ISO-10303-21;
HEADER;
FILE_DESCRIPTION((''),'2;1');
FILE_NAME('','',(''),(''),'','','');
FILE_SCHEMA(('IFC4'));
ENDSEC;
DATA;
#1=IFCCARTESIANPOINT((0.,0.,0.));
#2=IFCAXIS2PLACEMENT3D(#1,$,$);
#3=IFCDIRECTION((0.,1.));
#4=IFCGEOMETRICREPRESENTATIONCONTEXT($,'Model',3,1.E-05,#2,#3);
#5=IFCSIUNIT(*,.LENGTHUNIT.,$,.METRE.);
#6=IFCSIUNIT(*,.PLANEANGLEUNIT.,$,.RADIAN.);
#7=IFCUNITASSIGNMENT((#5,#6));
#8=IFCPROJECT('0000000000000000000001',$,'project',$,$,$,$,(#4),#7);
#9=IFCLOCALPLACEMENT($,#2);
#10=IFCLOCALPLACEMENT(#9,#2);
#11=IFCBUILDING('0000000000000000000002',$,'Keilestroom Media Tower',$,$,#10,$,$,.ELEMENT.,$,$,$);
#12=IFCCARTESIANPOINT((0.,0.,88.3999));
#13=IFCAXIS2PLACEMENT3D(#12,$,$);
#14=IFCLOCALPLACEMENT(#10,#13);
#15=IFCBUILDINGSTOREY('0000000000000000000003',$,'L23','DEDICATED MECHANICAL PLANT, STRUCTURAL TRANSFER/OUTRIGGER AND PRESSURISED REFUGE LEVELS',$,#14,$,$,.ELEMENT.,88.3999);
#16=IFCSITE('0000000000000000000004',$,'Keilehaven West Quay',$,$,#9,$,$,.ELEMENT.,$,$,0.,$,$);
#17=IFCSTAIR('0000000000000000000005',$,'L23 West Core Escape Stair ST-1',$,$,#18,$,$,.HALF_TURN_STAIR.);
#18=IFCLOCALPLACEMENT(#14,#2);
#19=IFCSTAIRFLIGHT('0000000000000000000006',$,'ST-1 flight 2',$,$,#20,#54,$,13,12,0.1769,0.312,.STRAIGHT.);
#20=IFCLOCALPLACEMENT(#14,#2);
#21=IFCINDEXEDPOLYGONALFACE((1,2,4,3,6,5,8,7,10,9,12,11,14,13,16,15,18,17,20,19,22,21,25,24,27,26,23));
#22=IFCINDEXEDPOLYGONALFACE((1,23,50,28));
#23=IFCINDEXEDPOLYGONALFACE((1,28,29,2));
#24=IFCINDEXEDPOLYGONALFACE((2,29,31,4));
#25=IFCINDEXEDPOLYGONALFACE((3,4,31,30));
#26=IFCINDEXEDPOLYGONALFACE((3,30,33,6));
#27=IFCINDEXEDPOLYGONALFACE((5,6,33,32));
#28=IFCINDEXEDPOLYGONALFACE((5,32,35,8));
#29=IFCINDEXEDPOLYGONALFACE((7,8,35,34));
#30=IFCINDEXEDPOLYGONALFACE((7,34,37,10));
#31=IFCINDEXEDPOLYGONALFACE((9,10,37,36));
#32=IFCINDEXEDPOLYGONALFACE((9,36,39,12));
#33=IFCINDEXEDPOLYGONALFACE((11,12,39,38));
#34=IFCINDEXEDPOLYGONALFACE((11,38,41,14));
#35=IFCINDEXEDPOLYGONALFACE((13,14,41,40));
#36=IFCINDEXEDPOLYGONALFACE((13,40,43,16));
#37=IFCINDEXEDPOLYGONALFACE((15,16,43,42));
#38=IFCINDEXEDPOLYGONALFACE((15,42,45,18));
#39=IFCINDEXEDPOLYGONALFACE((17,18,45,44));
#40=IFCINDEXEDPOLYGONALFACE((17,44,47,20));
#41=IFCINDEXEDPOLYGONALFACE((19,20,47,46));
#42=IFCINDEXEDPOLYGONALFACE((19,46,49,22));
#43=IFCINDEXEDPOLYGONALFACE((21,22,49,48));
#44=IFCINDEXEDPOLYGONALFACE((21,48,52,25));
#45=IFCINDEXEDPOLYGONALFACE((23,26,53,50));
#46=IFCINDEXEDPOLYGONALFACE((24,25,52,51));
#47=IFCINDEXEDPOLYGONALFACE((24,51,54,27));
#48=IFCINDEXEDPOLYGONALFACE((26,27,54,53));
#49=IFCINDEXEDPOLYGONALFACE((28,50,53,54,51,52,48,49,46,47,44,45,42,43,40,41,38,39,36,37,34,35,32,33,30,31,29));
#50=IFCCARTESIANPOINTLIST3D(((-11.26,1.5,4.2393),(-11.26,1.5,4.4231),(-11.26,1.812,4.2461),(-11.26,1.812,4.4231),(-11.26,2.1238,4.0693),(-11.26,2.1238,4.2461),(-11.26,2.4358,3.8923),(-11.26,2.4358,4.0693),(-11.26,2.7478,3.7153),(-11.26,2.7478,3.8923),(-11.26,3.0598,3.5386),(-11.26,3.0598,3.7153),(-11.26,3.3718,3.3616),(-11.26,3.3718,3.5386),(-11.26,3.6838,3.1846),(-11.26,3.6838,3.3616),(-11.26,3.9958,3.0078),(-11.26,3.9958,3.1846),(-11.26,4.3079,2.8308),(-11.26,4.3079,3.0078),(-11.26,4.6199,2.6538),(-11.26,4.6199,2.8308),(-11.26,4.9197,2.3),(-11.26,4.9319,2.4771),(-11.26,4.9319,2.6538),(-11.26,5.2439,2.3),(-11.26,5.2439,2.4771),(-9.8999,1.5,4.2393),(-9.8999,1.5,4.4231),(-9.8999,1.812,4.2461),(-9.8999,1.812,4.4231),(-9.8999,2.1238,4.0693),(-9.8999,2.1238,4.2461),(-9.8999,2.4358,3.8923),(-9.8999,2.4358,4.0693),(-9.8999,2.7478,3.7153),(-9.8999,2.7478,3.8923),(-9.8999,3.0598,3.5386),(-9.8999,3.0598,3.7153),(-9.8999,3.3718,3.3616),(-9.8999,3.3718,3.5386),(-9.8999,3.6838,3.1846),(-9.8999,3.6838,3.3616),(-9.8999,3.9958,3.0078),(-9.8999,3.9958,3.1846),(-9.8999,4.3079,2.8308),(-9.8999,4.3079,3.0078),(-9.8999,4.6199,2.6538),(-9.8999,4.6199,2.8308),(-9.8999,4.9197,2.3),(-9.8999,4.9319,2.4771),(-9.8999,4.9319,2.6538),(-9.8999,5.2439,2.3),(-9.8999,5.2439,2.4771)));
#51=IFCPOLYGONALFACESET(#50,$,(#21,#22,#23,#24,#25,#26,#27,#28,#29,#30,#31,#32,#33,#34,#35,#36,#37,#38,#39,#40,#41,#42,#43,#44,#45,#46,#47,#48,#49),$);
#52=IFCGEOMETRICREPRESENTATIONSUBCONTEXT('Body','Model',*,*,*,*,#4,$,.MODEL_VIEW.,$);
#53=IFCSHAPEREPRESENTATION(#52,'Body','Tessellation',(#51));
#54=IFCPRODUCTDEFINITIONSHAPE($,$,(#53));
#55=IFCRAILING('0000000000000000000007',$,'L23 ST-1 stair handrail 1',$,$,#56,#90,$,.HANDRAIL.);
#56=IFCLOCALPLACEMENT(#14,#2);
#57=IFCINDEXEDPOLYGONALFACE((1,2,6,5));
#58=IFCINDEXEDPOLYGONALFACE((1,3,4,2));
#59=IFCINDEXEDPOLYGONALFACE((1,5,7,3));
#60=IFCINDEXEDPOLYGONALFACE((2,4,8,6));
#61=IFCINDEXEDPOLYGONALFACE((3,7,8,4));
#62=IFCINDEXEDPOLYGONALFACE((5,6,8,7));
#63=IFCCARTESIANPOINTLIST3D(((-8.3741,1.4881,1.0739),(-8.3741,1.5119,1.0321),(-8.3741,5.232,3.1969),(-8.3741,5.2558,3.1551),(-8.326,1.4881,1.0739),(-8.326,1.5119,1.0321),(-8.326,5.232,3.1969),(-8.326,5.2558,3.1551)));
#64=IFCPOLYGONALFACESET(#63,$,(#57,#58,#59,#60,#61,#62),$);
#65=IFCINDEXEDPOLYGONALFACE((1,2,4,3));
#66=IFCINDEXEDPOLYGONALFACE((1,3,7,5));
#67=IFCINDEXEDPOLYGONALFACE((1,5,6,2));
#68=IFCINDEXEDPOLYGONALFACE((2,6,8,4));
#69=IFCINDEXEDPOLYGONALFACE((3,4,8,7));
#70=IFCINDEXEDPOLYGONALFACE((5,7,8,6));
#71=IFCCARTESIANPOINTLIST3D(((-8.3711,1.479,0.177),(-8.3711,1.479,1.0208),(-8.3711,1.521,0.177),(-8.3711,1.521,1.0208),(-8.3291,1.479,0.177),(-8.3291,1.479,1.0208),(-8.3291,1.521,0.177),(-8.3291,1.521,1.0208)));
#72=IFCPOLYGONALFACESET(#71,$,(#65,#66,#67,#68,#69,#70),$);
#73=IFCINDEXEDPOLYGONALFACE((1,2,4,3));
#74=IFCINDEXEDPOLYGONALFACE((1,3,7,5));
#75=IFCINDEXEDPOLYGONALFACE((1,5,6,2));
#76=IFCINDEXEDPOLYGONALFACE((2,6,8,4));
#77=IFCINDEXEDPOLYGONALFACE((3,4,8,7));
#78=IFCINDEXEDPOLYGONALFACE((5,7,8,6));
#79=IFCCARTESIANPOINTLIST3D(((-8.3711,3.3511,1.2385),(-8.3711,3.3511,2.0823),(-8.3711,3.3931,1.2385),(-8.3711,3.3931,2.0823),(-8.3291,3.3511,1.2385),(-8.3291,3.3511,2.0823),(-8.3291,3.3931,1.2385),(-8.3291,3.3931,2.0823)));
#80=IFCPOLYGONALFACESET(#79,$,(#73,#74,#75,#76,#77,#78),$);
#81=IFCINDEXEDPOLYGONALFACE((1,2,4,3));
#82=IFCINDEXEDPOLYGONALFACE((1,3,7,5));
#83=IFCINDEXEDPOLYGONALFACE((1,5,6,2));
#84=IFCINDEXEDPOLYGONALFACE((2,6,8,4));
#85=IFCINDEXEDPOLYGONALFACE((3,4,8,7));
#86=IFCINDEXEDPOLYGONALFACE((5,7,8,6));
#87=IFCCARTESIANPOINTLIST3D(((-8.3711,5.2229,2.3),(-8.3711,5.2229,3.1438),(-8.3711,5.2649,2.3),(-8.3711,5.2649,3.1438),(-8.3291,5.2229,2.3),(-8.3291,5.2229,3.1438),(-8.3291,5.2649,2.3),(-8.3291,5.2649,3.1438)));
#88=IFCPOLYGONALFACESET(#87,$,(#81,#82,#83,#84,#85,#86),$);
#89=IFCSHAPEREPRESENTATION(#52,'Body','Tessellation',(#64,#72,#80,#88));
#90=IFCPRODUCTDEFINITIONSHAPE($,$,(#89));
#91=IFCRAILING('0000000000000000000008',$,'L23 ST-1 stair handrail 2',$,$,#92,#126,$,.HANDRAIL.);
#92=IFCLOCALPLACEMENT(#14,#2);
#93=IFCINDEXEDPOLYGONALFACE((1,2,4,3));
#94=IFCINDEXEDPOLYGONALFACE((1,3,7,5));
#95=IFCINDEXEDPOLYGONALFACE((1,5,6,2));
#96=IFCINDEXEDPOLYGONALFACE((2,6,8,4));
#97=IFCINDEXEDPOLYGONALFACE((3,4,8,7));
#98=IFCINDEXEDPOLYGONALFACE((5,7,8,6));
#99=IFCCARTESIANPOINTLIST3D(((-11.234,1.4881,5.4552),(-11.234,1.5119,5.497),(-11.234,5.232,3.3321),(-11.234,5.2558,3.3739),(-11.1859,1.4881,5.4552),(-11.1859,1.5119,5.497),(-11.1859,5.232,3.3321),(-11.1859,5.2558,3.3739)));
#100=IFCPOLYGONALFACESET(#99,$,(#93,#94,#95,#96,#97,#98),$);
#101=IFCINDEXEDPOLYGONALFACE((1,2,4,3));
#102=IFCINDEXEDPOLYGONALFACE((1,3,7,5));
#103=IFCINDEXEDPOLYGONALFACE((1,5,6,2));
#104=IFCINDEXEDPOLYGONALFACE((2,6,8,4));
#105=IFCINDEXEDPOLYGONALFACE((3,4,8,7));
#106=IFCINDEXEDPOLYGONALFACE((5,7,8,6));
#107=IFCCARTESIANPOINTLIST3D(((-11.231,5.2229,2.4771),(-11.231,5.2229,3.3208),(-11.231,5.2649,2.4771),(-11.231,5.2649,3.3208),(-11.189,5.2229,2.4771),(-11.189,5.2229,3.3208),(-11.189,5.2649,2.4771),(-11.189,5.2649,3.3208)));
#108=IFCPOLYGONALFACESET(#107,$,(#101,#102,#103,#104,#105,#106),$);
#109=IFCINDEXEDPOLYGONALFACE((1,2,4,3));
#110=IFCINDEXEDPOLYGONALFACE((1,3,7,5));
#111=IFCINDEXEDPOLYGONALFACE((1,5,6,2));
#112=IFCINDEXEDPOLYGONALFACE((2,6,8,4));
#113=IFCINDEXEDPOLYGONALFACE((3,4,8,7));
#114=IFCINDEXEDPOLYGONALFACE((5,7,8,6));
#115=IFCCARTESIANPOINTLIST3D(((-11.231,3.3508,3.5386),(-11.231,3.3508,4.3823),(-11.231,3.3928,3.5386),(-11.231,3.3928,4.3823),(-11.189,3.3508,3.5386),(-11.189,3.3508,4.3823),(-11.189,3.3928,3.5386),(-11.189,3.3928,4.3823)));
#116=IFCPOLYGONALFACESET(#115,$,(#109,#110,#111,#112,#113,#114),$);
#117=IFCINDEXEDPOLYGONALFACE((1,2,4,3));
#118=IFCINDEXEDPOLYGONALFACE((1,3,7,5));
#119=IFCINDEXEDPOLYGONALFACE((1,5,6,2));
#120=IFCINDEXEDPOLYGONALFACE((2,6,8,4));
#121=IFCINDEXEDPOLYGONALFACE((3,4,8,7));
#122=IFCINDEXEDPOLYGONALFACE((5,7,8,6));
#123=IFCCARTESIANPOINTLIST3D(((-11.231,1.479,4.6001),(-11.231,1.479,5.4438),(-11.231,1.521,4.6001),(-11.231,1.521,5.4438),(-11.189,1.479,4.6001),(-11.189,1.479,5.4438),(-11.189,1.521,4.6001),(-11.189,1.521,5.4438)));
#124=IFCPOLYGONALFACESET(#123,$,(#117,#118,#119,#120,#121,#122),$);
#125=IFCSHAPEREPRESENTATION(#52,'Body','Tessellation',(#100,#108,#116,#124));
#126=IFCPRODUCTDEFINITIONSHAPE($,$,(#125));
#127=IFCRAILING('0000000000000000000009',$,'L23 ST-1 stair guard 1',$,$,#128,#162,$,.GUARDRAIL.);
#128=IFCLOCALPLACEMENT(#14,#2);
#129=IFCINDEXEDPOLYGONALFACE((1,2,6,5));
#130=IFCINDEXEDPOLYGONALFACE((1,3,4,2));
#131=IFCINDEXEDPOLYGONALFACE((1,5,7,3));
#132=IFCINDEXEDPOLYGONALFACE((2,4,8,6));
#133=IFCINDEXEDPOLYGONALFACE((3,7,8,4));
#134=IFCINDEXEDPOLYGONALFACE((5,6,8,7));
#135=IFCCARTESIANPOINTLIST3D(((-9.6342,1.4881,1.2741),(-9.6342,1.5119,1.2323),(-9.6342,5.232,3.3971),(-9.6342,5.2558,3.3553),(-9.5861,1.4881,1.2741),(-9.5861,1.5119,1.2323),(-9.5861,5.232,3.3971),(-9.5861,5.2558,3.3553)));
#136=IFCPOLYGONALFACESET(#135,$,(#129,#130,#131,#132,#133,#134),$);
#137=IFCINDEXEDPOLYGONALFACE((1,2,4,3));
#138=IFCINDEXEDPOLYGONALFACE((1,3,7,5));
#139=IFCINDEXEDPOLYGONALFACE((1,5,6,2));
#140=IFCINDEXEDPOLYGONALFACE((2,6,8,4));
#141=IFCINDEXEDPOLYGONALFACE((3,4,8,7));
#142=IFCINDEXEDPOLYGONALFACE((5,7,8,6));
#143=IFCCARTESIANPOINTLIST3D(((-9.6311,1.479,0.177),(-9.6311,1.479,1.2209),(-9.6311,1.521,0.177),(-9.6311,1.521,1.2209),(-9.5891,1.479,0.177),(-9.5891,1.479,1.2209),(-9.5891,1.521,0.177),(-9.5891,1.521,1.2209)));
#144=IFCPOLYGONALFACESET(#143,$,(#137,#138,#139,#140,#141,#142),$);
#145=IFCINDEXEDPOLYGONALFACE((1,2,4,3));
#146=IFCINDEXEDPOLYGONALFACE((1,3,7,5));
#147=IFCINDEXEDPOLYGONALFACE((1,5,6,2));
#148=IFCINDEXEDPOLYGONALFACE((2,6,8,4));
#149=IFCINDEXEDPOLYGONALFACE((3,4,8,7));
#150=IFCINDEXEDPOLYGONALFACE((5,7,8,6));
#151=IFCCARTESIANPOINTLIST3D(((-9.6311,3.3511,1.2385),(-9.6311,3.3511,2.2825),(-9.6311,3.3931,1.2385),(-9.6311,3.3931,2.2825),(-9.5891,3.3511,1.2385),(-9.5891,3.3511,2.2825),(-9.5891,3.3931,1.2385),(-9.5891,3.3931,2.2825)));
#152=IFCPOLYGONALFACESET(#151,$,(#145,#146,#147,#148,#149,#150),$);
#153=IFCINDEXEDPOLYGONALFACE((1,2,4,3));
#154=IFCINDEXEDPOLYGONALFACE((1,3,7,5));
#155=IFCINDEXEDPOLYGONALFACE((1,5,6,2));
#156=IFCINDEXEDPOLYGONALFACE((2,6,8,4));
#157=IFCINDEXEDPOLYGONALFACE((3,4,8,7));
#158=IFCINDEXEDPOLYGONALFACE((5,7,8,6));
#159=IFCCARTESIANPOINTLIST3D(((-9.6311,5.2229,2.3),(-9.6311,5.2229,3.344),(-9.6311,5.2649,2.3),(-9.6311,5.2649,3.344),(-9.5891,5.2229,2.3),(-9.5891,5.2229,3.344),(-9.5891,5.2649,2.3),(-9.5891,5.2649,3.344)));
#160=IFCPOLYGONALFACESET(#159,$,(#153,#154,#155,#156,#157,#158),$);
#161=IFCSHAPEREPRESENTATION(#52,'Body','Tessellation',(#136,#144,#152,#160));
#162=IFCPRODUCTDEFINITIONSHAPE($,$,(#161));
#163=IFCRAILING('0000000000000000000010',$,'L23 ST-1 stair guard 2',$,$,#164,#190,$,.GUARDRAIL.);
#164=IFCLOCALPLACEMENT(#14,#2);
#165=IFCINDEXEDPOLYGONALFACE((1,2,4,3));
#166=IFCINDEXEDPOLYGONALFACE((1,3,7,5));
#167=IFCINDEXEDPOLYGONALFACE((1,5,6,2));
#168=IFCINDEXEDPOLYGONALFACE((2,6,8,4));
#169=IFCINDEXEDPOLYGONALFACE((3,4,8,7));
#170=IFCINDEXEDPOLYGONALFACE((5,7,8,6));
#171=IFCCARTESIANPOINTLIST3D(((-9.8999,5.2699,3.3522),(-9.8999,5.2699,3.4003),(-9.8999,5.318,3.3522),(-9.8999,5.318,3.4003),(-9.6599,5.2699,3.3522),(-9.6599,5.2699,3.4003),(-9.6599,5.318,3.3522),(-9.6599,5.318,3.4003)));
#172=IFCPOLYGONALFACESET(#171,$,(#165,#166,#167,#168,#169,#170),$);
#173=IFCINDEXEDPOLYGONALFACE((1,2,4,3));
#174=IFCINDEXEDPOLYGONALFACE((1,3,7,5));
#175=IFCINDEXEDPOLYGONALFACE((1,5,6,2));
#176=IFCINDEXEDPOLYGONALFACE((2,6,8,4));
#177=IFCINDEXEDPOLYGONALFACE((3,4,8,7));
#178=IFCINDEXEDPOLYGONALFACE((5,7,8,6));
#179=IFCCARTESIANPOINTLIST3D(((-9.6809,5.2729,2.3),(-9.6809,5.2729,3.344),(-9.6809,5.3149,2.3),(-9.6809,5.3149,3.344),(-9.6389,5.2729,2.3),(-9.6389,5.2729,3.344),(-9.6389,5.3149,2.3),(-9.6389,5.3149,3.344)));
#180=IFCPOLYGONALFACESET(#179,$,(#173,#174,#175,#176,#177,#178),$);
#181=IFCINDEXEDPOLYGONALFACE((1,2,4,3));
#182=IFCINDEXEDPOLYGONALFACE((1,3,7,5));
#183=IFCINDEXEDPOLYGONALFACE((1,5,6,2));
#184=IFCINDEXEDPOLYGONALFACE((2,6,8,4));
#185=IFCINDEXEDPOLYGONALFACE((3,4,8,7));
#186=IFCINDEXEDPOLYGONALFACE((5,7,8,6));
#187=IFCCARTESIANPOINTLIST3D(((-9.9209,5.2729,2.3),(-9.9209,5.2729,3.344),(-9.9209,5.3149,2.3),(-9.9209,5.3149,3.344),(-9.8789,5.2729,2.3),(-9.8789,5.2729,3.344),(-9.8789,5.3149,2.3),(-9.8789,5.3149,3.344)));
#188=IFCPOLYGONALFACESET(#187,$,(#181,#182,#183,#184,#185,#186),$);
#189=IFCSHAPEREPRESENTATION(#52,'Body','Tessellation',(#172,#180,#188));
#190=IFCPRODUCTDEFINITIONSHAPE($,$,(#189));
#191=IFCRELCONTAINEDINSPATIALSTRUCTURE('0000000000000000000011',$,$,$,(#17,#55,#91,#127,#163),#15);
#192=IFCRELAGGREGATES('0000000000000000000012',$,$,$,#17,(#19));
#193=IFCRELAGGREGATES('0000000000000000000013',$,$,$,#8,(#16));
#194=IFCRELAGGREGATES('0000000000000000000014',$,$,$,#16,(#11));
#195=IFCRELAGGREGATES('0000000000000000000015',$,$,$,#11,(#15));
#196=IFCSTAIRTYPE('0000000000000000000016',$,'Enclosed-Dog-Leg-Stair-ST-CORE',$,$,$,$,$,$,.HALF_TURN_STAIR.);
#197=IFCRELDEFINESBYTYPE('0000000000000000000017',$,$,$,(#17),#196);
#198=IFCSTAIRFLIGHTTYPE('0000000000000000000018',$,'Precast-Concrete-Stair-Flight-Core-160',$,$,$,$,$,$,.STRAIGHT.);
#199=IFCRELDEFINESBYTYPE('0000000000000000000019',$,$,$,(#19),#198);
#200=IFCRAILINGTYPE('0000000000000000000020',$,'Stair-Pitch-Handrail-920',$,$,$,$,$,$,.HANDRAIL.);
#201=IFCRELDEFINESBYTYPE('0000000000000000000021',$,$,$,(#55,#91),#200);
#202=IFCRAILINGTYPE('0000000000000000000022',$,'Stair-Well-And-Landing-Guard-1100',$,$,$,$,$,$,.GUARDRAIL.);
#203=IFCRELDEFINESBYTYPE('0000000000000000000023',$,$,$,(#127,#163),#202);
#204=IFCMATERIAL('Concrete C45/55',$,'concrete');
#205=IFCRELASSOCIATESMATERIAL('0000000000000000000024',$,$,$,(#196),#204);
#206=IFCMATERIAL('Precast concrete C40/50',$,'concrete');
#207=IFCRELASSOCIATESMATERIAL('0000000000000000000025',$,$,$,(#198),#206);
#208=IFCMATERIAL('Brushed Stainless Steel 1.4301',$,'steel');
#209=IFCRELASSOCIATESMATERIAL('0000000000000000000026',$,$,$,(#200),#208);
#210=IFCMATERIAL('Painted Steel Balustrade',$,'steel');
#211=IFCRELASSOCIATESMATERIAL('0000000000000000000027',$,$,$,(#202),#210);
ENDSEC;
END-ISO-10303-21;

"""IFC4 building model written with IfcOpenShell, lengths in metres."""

from ifc_helpers import new_model, si_unit, direction, frame, origin, origin_2d, place, context, subcontext, project, spatial, polyline, rectangle, outline, extrude, material, type_object, element, aggregate, save


model = new_model("IFC4")

# Units and contexts
model_context = context("Model", 3, precision=1e-05, world=origin(), true_north=direction((0.0, 1.0)))
body_context = subcontext(model_context, "Body", "Model", "MODEL_VIEW")
ifc_project = project(units=[si_unit("LENGTHUNIT", "METRE"), si_unit("PLANEANGLEUNIT", "RADIAN")], contexts=[model_context])

# Site, building, storey
site_placement = place(None, origin())
site = spatial("IfcSite", under=ifc_project, at=site_placement, Name="Keilehaven West Quay", CompositionType="ELEMENT", RefElevation=0.0)
building_placement = place(site_placement, origin())
building = spatial("IfcBuilding", under=site, at=building_placement, Name="Keilestroom Media Tower", CompositionType="ELEMENT")
storey_placement = place(building_placement, frame((0.0, 0.0, 88.3999)))
storey = spatial("IfcBuildingStorey", under=building, at=storey_placement, Name="L23", Description="DEDICATED MECHANICAL PLANT, STRUCTURAL TRANSFER/OUTRIGGER AND PRESSURISED REFUGE LEVELS", CompositionType="ELEMENT", Elevation=88.3999)

# Shared definitions
ifc_material_1 = material(Name="Precast concrete C40/50", Category="concrete")

# Stair, stair flight
ifc_material_2 = material(Name="Concrete C45/55", Category="concrete")
stair_type = type_object("IfcStairType", Name="Enclosed-Dog-Leg-Stair-ST-CORE", PredefinedType="HALF_TURN_STAIR", material=ifc_material_2)
stair_placement = place(storey_placement, origin())
stair = element("IfcStair", 1, at=stair_placement, inside=storey, type_object=stair_type, Name="L23 West Core Escape Stair ST-1", PredefinedType="HALF_TURN_STAIR")
stair_flight_type = type_object("IfcStairFlightType", Name="Precast-Concrete-Stair-Flight-Core-160", PredefinedType="STRAIGHT", material=ifc_material_1)
stair_flight_1_placement = place(storey_placement, frame((-10.5801, 5.2439, 2.3), z_axis=(0.0, 0.0, 1.0), x_axis=(0.0, -1.0, 0.0)))
stair_flight_1 = element("IfcStairFlight", 2, at=stair_flight_1_placement, type_object=stair_flight_type, Name="ST-1 flight 2", NumberOfRisers=13, NumberOfTreads=12, PredefinedType="STRAIGHT", RiserHeight=0.1769, TreadLength=0.312, context=body_context, shape_type="SweptSolid", body=[
    extrude(outline(polyline([(0.0, 0.0), (0.0, 0.177), (0.312, 0.177), (0.312, 0.3538), (0.624, 0.3538), (0.624, 0.5308), (0.936, 0.5308), (0.936, 0.7078), (1.248, 0.7078), (1.248, 0.8845), (1.5601, 0.8845), (1.5601, 1.0615), (1.8721, 1.0615), (1.8721, 1.2385), (2.1841, 1.2385), (2.1841, 1.4153), (2.4961, 1.4153), (2.4961, 1.5923), (2.8081, 1.5923), (2.8081, 1.7693), (3.1201, 1.7693), (3.1201, 1.946), (3.4319, 1.946), (3.4319, 2.123), (3.7439, 2.123), (3.7439, 2.3), (3.7439, 1.9392), (0.3242, 0.0), (0.0, 0.0)])), frame((0.0, 0.6802, 0.0), z_axis=(0.0, -1.0, 0.0), x_axis=(1.0, 0.0, 0.0)), (0.0, 0.0, 1.0), 1.3601),
])
aggregate(stair, [stair_flight_1])

# Railings
ifc_material_3 = material(Name="Brushed Stainless Steel 1.4301", Category="steel")
railing_type_1 = type_object("IfcRailingType", Name="Stair-Pitch-Handrail-920", PredefinedType="HANDRAIL", material=ifc_material_3)
railing_1_placement = place(storey_placement, frame((-8.3501, 1.5, 0.177)))
element("IfcRailing", 3, at=railing_1_placement, inside=storey, type_object=railing_type_1, Name="L23 ST-1 stair handrail 1", PredefinedType="HANDRAIL", context=body_context, shape_type="SweptSolid", body=[
    extrude(rectangle(XDim=0.0481, YDim=0.0481, at=origin_2d()), frame((0.0, 0.0, 0.876), z_axis=(0.0, 0.869872, 0.493277), x_axis=(-1.0, 0.0, 0.0)), (0.0, 0.0, 1.0), 4.304),
    extrude(rectangle(XDim=0.042, YDim=0.042, at=origin_2d()), origin(), (0.0, 0.0, 1.0), 0.8438),
    extrude(rectangle(XDim=0.042, YDim=0.042, at=origin_2d()), frame((0.0, 1.8721, 1.0615)), (0.0, 0.0, 1.0), 0.8438),
    extrude(rectangle(XDim=0.042, YDim=0.042, at=origin_2d()), frame((0.0, 3.7439, 2.123)), (0.0, 0.0, 1.0), 0.8438),
])
railing_2_placement = place(storey_placement, frame((-11.21, 5.2439, 2.4771)))
element("IfcRailing", 4, at=railing_2_placement, inside=storey, type_object=railing_type_1, Name="L23 ST-1 stair handrail 2", PredefinedType="HANDRAIL", context=body_context, shape_type="SweptSolid", body=[
    extrude(rectangle(XDim=0.0481, YDim=0.0481, at=origin_2d()), frame((0.0, 0.0, 0.876), z_axis=(0.0, -0.869872, 0.493277), x_axis=(1.0, 0.0, 0.0)), (0.0, 0.0, 1.0), 4.304),
    extrude(rectangle(XDim=0.042, YDim=0.042, at=origin_2d()), origin(), (0.0, 0.0, 1.0), 0.8438),
    extrude(rectangle(XDim=0.042, YDim=0.042, at=origin_2d()), frame((0.0, -1.8721, 1.0615)), (0.0, 0.0, 1.0), 0.8438),
    extrude(rectangle(XDim=0.042, YDim=0.042, at=origin_2d()), frame((0.0, -3.7439, 2.123)), (0.0, 0.0, 1.0), 0.8438),
])
ifc_material_4 = material(Name="Painted Steel Balustrade", Category="steel")
railing_type_2 = type_object("IfcRailingType", Name="Stair-Well-And-Landing-Guard-1100", PredefinedType="GUARDRAIL", material=ifc_material_4)
railing_3_placement = place(storey_placement, frame((-9.6101, 1.5, 0.177)))
element("IfcRailing", 5, at=railing_3_placement, inside=storey, type_object=railing_type_2, Name="L23 ST-1 stair guard 1", PredefinedType="GUARDRAIL", context=body_context, shape_type="SweptSolid", body=[
    extrude(rectangle(XDim=0.0481, YDim=0.0481, at=origin_2d()), frame((0.0, 0.0, 1.0762), z_axis=(0.0, 0.869872, 0.493277), x_axis=(-1.0, 0.0, 0.0)), (0.0, 0.0, 1.0), 4.304),
    extrude(rectangle(XDim=0.042, YDim=0.042, at=origin_2d()), origin(), (0.0, 0.0, 1.0), 1.0439),
    extrude(rectangle(XDim=0.042, YDim=0.042, at=origin_2d()), frame((0.0, 1.8721, 1.0615)), (0.0, 0.0, 1.0), 1.0439),
    extrude(rectangle(XDim=0.042, YDim=0.042, at=origin_2d()), frame((0.0, 3.7439, 2.123)), (0.0, 0.0, 1.0), 1.0439),
])
railing_4_placement = place(storey_placement, frame((-9.6599, 5.2939, 2.3)))
element("IfcRailing", 6, at=railing_4_placement, inside=storey, type_object=railing_type_2, Name="L23 ST-1 stair guard 2", PredefinedType="GUARDRAIL", context=body_context, shape_type="SweptSolid", body=[
    extrude(rectangle(XDim=0.0481, YDim=0.0481, at=origin_2d()), frame((0.0, 0.0, 1.0762), z_axis=(-1.0, 0.0, 0.0), x_axis=(0.0, -1.0, 0.0)), (0.0, 0.0, 1.0), 0.24),
    extrude(rectangle(XDim=0.042, YDim=0.042, at=origin_2d()), origin(), (0.0, 0.0, 1.0), 1.0439),
    extrude(rectangle(XDim=0.042, YDim=0.042, at=origin_2d()), frame((-0.24, 0.0, 0.0)), (0.0, 0.0, 1.0), 1.0439),
])

save(model, "model.ifc")
